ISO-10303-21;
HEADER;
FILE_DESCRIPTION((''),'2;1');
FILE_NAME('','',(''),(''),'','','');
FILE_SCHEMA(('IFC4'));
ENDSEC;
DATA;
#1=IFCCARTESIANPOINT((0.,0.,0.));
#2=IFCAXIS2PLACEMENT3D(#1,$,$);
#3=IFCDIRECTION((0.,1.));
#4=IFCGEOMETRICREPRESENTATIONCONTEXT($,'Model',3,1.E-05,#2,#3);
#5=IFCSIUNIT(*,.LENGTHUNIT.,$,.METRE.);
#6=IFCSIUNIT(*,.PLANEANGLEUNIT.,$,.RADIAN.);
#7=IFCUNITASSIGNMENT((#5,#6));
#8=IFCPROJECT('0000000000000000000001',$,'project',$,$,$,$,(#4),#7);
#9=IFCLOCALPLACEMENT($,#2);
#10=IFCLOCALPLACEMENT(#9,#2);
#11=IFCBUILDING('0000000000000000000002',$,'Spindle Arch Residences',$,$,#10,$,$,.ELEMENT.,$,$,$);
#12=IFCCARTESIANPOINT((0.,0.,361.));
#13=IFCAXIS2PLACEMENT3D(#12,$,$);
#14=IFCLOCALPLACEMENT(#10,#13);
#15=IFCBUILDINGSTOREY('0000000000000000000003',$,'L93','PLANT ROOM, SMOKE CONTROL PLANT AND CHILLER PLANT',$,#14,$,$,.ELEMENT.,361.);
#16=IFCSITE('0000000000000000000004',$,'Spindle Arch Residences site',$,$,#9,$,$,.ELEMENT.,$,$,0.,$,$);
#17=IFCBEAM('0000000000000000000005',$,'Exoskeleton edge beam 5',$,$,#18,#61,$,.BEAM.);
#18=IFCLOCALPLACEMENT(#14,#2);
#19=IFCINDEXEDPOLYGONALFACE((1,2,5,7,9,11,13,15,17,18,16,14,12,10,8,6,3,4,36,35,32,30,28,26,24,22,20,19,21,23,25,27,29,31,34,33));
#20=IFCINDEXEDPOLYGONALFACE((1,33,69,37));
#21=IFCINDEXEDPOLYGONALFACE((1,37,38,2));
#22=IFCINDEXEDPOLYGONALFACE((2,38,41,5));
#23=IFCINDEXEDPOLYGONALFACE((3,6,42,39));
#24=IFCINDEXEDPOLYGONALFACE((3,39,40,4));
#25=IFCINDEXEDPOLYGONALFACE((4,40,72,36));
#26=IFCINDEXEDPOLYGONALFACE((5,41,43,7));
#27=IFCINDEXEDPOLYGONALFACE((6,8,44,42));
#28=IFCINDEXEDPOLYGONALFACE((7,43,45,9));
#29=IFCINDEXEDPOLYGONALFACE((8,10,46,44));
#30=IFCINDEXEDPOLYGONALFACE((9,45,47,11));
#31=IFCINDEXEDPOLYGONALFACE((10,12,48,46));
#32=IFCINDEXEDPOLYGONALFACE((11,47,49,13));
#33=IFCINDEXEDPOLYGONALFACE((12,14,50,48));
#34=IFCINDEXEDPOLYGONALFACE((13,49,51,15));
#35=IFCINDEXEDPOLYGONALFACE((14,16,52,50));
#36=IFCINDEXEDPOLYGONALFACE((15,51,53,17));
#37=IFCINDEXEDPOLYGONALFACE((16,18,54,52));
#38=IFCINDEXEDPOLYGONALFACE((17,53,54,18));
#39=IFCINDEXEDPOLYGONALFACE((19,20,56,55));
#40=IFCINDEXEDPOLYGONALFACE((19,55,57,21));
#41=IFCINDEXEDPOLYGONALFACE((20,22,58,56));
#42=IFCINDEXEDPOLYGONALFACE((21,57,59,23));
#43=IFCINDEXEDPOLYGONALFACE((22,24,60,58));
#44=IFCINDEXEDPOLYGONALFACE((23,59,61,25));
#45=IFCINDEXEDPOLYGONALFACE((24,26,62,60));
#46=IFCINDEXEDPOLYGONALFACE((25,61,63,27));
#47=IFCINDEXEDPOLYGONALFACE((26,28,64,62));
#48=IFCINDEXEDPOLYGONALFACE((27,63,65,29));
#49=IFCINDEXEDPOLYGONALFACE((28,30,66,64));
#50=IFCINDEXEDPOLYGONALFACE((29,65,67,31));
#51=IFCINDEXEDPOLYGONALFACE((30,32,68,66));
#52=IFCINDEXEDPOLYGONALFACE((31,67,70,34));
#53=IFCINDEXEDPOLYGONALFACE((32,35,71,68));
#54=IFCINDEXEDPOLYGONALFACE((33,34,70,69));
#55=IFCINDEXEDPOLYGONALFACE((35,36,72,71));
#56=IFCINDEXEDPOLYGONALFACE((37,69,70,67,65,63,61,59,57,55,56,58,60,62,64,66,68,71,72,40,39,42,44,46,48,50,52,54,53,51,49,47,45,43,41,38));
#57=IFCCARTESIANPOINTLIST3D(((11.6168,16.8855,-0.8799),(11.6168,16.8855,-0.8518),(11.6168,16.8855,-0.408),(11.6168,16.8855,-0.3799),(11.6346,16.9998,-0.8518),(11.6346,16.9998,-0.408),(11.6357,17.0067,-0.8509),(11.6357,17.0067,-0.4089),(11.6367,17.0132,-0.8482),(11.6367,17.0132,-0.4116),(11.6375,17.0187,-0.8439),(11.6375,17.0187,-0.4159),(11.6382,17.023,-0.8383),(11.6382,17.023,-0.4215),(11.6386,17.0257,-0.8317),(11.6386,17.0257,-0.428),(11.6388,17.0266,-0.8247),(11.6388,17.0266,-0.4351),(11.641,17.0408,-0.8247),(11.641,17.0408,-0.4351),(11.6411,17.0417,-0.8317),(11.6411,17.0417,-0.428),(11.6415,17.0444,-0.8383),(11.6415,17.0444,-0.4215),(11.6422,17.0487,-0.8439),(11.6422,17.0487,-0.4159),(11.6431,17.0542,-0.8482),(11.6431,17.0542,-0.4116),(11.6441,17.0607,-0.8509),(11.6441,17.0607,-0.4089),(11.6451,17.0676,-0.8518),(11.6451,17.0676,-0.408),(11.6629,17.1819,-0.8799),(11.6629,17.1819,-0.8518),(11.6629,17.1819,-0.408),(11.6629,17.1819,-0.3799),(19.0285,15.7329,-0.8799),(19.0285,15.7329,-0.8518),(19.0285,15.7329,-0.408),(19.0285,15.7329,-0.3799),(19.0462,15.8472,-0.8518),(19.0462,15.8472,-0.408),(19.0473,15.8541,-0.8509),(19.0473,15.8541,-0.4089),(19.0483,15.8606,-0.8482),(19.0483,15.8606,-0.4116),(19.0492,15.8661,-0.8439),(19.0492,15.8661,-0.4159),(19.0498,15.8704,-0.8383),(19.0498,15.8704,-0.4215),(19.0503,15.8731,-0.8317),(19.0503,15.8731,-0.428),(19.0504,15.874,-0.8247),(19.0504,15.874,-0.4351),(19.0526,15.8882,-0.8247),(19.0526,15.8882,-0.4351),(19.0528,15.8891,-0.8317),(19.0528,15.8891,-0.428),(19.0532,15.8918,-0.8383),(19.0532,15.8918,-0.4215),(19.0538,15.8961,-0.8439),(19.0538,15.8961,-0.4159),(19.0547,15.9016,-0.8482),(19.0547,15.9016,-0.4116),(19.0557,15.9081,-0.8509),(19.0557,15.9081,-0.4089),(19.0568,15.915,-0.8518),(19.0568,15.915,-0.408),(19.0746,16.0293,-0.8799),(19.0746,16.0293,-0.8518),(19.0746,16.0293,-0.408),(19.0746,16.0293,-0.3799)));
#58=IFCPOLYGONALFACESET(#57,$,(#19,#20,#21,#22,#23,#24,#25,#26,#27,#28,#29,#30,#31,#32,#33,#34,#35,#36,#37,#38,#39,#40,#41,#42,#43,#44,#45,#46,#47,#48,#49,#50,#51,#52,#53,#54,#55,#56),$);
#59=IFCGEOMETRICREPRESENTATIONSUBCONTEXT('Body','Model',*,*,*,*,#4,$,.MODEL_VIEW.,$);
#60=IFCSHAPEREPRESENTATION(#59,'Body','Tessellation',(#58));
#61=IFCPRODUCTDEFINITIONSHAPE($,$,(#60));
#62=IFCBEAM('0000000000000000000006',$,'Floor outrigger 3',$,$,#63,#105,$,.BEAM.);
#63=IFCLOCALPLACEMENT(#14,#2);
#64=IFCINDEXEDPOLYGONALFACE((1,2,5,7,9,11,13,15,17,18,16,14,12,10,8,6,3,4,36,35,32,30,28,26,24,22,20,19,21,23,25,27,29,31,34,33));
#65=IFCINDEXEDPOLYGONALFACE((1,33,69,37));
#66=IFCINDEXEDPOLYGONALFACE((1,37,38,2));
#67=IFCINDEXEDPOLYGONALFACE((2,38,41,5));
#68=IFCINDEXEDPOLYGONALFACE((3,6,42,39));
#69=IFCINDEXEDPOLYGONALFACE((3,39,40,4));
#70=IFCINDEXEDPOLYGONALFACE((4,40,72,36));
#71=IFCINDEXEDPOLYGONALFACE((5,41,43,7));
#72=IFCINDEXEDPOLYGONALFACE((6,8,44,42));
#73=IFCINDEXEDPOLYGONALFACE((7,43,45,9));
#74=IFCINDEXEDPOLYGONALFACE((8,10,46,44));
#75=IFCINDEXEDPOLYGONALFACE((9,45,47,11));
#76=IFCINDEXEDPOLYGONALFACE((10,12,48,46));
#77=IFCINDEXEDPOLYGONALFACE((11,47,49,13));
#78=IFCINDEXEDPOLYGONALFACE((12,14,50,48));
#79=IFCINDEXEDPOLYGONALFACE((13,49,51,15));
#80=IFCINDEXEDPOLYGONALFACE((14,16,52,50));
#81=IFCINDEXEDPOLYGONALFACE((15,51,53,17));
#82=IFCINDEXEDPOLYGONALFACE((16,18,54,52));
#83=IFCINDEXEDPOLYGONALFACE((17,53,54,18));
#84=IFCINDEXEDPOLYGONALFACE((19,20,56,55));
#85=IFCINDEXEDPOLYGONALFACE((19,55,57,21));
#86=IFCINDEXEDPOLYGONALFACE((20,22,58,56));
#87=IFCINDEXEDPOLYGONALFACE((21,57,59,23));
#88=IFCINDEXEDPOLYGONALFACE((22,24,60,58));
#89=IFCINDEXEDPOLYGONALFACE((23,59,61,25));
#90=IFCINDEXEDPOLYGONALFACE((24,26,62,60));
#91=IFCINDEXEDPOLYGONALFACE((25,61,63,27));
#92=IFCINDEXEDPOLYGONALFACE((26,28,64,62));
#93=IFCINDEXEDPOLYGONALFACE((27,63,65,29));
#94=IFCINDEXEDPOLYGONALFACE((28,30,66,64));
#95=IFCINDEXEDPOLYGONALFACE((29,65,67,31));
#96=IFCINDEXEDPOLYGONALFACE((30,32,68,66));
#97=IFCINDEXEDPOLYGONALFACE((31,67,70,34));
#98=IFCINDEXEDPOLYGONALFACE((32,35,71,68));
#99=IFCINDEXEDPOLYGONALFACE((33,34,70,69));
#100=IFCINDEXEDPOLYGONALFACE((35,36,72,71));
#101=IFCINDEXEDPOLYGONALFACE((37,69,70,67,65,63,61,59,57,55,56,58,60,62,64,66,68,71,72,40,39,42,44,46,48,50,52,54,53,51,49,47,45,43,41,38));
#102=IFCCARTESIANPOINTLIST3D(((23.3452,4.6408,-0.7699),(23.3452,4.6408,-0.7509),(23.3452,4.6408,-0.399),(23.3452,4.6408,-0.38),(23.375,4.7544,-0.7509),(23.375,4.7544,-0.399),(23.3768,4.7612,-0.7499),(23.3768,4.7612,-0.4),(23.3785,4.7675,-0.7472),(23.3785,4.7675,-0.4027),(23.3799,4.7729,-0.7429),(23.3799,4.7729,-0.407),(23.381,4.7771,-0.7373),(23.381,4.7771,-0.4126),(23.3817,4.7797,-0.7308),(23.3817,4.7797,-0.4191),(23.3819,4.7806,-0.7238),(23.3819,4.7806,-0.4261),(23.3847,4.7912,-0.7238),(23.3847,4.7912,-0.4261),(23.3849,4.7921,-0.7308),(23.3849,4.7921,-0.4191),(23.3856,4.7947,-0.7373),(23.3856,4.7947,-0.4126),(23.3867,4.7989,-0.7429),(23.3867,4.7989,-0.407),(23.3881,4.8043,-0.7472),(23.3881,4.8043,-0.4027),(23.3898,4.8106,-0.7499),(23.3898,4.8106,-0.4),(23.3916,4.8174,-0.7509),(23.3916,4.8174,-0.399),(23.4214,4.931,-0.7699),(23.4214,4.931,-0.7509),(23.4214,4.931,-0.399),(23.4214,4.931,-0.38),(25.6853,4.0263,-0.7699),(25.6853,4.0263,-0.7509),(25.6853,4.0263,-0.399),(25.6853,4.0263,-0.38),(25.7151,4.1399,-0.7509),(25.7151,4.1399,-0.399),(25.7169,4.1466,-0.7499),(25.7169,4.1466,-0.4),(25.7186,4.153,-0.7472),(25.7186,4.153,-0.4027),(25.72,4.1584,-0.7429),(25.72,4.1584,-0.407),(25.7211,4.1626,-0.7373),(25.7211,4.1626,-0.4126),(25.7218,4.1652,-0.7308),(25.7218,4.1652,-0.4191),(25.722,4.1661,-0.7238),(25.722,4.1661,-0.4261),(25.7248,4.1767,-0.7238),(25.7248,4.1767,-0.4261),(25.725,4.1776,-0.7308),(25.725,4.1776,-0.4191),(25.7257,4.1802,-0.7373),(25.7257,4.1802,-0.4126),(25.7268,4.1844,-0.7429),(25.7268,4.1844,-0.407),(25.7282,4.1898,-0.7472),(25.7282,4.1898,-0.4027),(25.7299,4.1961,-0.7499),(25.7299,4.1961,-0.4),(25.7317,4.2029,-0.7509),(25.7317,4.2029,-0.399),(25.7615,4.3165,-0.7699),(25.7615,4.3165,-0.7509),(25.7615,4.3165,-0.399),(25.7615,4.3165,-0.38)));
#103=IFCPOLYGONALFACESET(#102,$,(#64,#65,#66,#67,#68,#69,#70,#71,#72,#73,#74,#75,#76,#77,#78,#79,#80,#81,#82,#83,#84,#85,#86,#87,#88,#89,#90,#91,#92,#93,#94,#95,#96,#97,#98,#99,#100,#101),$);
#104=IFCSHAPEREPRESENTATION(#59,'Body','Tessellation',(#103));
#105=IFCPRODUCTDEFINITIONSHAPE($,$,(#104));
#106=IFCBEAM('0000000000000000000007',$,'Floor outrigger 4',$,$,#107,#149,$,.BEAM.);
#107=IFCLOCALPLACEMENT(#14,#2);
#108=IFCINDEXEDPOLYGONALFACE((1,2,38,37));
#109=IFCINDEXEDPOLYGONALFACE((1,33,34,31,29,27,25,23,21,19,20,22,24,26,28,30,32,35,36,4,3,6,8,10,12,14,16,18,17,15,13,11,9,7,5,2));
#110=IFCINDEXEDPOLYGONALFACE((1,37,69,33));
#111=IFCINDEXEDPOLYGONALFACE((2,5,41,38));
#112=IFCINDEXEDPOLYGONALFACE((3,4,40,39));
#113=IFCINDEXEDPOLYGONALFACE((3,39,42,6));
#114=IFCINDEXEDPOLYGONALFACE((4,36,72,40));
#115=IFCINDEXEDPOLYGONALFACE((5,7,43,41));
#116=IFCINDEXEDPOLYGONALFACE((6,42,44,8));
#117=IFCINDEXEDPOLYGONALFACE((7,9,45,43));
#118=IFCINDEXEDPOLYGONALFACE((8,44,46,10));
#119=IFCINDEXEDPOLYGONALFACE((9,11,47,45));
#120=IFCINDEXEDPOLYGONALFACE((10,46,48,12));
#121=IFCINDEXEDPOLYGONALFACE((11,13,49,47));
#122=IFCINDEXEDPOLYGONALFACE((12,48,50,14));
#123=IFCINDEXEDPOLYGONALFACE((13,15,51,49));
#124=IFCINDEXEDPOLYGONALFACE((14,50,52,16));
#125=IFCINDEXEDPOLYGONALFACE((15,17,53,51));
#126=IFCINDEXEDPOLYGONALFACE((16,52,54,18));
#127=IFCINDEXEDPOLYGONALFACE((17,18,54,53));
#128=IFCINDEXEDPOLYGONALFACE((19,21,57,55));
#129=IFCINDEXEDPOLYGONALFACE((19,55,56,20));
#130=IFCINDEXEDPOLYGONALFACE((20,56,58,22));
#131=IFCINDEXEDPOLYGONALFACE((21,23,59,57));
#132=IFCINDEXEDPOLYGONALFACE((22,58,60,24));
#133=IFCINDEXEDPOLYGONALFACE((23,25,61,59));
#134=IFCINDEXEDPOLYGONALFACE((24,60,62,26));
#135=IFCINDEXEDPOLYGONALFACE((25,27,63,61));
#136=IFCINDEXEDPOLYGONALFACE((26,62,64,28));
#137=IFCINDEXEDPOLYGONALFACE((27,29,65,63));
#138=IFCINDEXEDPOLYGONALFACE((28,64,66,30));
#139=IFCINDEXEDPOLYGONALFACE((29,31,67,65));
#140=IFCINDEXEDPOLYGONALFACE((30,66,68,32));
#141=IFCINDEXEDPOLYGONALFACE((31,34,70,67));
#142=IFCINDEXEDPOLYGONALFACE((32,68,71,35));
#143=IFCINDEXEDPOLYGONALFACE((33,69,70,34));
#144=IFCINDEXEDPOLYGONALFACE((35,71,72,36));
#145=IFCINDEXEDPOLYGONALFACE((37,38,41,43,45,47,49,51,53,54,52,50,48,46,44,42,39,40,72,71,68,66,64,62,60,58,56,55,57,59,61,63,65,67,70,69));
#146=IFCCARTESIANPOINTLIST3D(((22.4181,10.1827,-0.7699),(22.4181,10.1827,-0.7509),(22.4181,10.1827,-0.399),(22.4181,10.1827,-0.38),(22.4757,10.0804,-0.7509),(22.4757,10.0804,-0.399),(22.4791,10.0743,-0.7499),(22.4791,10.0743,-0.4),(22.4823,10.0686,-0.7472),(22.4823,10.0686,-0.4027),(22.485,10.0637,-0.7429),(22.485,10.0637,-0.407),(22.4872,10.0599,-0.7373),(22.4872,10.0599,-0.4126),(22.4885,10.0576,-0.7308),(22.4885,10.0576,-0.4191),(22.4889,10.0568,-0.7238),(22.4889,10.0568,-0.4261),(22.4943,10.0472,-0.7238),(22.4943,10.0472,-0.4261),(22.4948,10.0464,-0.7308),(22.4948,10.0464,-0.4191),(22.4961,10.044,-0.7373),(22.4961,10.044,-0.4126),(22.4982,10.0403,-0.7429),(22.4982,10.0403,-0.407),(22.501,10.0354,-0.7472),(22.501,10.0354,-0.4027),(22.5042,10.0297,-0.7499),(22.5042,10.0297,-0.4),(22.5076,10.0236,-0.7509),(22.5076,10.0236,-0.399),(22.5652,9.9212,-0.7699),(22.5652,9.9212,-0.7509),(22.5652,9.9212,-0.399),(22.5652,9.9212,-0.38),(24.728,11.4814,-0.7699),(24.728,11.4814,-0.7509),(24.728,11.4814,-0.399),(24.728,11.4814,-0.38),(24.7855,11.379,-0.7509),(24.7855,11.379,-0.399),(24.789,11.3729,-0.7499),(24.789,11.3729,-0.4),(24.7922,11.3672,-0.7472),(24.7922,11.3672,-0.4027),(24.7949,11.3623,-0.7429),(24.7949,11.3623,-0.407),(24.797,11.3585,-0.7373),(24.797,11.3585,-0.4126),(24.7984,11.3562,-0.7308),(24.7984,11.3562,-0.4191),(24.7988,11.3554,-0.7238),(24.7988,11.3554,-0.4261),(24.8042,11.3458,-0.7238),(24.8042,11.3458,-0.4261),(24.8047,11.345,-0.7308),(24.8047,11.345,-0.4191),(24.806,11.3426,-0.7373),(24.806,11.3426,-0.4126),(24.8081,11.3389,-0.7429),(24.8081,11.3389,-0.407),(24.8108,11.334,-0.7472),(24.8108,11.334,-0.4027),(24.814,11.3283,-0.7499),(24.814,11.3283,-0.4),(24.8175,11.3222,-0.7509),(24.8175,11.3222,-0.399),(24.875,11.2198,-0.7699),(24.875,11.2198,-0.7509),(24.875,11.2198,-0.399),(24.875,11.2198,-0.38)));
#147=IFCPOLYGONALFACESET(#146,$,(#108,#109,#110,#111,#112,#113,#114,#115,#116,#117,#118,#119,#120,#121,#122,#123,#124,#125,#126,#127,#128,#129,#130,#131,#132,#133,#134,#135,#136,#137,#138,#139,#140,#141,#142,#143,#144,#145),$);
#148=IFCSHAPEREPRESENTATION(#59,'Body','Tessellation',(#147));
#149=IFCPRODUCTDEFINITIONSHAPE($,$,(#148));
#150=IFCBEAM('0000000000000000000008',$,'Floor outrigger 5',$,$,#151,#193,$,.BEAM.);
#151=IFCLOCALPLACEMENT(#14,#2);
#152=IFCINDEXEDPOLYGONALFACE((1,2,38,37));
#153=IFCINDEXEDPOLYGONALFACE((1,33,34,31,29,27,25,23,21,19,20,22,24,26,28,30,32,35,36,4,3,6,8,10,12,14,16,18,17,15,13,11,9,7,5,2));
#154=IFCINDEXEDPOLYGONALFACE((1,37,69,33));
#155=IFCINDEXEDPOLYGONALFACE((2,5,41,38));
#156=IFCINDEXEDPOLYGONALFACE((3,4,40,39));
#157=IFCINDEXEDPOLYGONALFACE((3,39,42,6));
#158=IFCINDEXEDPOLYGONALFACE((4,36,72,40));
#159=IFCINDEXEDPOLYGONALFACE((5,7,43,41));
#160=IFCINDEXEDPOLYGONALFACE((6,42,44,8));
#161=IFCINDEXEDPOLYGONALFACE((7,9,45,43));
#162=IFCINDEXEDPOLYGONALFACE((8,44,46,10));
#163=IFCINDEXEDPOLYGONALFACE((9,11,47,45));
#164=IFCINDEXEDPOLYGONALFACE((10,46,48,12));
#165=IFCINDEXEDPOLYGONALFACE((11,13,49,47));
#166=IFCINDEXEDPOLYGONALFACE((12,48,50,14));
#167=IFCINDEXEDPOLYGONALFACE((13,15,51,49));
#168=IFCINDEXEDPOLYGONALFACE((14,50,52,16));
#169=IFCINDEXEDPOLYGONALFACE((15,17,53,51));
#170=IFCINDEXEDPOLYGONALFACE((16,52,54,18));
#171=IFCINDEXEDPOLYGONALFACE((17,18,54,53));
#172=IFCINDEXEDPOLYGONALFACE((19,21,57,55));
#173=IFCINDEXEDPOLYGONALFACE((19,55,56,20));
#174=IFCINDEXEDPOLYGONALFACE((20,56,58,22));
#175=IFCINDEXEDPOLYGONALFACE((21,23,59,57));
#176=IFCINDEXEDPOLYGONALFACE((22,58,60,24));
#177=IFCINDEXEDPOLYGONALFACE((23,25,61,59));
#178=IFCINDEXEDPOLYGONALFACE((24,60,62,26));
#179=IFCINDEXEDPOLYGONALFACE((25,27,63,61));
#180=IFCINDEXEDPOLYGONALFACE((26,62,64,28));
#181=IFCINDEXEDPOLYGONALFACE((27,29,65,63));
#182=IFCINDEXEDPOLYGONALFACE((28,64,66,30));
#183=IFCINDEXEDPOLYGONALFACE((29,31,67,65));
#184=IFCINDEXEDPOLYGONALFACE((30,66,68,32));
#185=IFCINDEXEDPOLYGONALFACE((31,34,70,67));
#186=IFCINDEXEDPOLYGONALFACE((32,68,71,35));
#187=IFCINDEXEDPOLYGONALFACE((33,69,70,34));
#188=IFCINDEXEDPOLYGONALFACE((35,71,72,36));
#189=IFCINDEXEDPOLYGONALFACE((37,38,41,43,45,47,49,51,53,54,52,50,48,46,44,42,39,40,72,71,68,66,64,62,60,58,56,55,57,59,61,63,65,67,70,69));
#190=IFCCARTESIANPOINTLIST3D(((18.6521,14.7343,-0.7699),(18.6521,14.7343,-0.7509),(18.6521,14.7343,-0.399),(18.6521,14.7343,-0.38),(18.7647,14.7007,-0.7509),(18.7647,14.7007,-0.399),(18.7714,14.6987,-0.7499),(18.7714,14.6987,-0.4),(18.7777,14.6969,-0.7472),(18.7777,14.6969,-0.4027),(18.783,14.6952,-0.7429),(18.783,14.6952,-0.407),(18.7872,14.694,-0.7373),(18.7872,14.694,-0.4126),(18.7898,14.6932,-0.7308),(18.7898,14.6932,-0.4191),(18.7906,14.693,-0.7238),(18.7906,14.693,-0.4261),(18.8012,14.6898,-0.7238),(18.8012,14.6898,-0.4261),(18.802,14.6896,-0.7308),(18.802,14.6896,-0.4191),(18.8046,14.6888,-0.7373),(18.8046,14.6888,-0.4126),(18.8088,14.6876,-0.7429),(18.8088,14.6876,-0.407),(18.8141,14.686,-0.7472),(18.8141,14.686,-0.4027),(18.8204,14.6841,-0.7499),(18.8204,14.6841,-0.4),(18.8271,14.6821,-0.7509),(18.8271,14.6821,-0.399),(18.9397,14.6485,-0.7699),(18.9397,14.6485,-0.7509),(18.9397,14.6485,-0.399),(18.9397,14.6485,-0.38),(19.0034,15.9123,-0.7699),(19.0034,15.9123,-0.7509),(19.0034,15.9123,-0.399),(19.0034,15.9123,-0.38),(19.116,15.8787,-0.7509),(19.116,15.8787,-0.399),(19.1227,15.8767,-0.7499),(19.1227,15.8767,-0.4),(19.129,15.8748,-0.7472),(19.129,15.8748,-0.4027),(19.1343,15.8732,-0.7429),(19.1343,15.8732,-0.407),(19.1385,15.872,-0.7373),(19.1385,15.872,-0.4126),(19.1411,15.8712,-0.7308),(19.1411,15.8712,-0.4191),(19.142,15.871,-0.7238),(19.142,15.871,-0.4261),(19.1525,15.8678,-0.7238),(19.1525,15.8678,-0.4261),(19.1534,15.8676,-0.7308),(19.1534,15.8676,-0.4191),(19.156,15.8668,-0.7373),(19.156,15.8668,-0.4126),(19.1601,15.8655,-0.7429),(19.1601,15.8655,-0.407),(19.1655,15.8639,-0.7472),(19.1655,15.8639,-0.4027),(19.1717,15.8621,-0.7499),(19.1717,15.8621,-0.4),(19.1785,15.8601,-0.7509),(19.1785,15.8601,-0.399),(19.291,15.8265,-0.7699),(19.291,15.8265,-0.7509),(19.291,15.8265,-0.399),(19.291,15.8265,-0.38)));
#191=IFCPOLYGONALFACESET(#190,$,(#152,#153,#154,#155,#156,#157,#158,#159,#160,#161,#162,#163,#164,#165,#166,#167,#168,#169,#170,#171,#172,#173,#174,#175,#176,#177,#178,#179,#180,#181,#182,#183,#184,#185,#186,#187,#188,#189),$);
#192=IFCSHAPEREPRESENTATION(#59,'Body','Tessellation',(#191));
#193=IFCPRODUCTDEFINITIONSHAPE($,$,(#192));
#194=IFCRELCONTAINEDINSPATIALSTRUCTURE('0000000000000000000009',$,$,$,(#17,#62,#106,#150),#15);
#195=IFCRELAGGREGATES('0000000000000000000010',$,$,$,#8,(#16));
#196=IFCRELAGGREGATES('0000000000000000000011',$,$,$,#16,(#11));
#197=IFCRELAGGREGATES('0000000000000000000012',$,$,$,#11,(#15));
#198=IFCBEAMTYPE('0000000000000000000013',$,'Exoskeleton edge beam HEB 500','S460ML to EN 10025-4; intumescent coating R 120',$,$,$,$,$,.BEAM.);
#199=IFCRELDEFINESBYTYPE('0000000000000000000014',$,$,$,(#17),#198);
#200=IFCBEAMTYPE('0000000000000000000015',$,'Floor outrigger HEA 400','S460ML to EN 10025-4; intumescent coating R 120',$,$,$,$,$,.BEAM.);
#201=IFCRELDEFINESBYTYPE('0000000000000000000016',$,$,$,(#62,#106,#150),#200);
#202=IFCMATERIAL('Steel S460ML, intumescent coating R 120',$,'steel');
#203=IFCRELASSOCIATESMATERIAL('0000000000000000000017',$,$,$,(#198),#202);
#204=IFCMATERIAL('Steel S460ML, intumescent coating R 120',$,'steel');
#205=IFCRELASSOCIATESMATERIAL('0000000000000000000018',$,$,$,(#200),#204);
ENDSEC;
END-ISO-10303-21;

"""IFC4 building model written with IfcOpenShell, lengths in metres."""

from ifc_helpers import new_model, si_unit, direction, frame, origin, origin_2d, place, context, subcontext, project, spatial, i_section, extrude, material, material_profile, profile_set, type_object, element, save


model = new_model("IFC4")

# Units and contexts
model_context = context("Model", 3, precision=1e-05, world=origin(), true_north=direction((0.0, 1.0)))
body_context = subcontext(model_context, "Body", "Model", "MODEL_VIEW")
ifc_project = project(units=[si_unit("LENGTHUNIT", "METRE"), si_unit("PLANEANGLEUNIT", "RADIAN")], contexts=[model_context])

# Site, building, storey
site_placement = place(None, origin())
site = spatial("IfcSite", under=ifc_project, at=site_placement, Name="Spindle Arch Residences site", CompositionType="ELEMENT", RefElevation=0.0)
building_placement = place(site_placement, origin())
building = spatial("IfcBuilding", under=site, at=building_placement, Name="Spindle Arch Residences", CompositionType="ELEMENT")
storey_placement = place(building_placement, frame((0.0, 0.0, 361.0)))
storey = spatial("IfcBuildingStorey", under=building, at=storey_placement, Name="L93", Description="PLANT ROOM, SMOKE CONTROL PLANT AND CHILLER PLANT", CompositionType="ELEMENT", Elevation=361.0)

# Beams
ifc_material_1 = material(Name="Steel S460ML, intumescent coating R 120", Category="steel")
ifc_material_profile_1 = material_profile(ifc_material_1, i_section(OverallWidth=0.3, OverallDepth=0.5, WebThickness=0.0144, FlangeThickness=0.0281, FilletRadius=0.0271, at=origin_2d()), Name="HEB 500")
ifc_profile_set_1 = profile_set([ifc_material_profile_1], Name="Steel S460ML, intumescent coating R 120")
beam_type_1 = type_object("IfcBeamType", Name="Exoskeleton edge beam HEB 500", Description="S460ML to EN 10025-4; intumescent coating R 120", PredefinedType="BEAM", material=ifc_profile_set_1)
beam_1_placement = place(storey_placement, frame((19.0515, 15.8811, -0.6299), z_axis=(-0.988123, 0.153664, 0.0), x_axis=(-0.153664, -0.988123, 0.0)))
element("IfcBeam", 1, at=beam_1_placement, inside=storey, type_object=beam_type_1, Name="Exoskeleton edge beam 5", PredefinedType="BEAM", context=body_context, shape_type="SweptSolid", body=[
    extrude(i_section(OverallWidth=0.3, OverallDepth=0.5, WebThickness=0.0144, FlangeThickness=0.0281, FilletRadius=0.0271, at=origin_2d()), origin(), (0.0, 0.0, 1.0), 7.5007),
])
ifc_material_2 = material(Name="Steel S460ML, intumescent coating R 120", Category="steel")
ifc_material_profile_2 = material_profile(ifc_material_2, i_section(OverallWidth=0.3, OverallDepth=0.3899, WebThickness=0.011, FlangeThickness=0.019, FilletRadius=0.0271, at=origin_2d()), Name="HEA 400")
ifc_profile_set_2 = profile_set([ifc_material_profile_2], Name="Steel S460ML, intumescent coating R 120")
beam_type_2 = type_object("IfcBeamType", Name="Floor outrigger HEA 400", Description="S460ML to EN 10025-4; intumescent coating R 120", PredefinedType="BEAM", material=ifc_profile_set_2)
beam_2_placement = place(storey_placement, frame((25.7234, 4.1714, -0.575), z_axis=(-0.967208, 0.253987, 0.0), x_axis=(-0.253987, -0.967208, 0.0)))
element("IfcBeam", 2, at=beam_2_placement, inside=storey, type_object=beam_type_2, Name="Floor outrigger 3", PredefinedType="BEAM", context=body_context, shape_type="SweptSolid", body=[
    extrude(i_section(OverallWidth=0.3, OverallDepth=0.3899, WebThickness=0.011, FlangeThickness=0.019, FilletRadius=0.0271, at=origin_2d()), origin(), (0.0, 0.0, 1.0), 2.4194),
])
beam_3_placement = place(storey_placement, frame((24.8015, 11.3506, -0.575), z_axis=(-0.871686, -0.490064, 0.0), x_axis=(0.490064, -0.871686, 0.0)))
element("IfcBeam", 3, at=beam_3_placement, inside=storey, type_object=beam_type_2, Name="Floor outrigger 4", PredefinedType="BEAM", context=body_context, shape_type="SweptSolid", body=[
    extrude(i_section(OverallWidth=0.3, OverallDepth=0.3899, WebThickness=0.011, FlangeThickness=0.019, FilletRadius=0.0271, at=origin_2d()), origin(), (0.0, 0.0, 1.0), 2.6499),
])
beam_4_placement = place(storey_placement, frame((19.1472, 15.8694, -0.575), z_axis=(-0.285799, -0.95829, 0.0), x_axis=(0.95829, -0.285799, 0.0)))
element("IfcBeam", 4, at=beam_4_placement, inside=storey, type_object=beam_type_2, Name="Floor outrigger 5", PredefinedType="BEAM", context=body_context, shape_type="SweptSolid", body=[
    extrude(i_section(OverallWidth=0.3, OverallDepth=0.3899, WebThickness=0.011, FlangeThickness=0.019, FilletRadius=0.0271, at=origin_2d()), origin(), (0.0, 0.0, 1.0), 1.2292),
])

save(model, "model.ifc")
